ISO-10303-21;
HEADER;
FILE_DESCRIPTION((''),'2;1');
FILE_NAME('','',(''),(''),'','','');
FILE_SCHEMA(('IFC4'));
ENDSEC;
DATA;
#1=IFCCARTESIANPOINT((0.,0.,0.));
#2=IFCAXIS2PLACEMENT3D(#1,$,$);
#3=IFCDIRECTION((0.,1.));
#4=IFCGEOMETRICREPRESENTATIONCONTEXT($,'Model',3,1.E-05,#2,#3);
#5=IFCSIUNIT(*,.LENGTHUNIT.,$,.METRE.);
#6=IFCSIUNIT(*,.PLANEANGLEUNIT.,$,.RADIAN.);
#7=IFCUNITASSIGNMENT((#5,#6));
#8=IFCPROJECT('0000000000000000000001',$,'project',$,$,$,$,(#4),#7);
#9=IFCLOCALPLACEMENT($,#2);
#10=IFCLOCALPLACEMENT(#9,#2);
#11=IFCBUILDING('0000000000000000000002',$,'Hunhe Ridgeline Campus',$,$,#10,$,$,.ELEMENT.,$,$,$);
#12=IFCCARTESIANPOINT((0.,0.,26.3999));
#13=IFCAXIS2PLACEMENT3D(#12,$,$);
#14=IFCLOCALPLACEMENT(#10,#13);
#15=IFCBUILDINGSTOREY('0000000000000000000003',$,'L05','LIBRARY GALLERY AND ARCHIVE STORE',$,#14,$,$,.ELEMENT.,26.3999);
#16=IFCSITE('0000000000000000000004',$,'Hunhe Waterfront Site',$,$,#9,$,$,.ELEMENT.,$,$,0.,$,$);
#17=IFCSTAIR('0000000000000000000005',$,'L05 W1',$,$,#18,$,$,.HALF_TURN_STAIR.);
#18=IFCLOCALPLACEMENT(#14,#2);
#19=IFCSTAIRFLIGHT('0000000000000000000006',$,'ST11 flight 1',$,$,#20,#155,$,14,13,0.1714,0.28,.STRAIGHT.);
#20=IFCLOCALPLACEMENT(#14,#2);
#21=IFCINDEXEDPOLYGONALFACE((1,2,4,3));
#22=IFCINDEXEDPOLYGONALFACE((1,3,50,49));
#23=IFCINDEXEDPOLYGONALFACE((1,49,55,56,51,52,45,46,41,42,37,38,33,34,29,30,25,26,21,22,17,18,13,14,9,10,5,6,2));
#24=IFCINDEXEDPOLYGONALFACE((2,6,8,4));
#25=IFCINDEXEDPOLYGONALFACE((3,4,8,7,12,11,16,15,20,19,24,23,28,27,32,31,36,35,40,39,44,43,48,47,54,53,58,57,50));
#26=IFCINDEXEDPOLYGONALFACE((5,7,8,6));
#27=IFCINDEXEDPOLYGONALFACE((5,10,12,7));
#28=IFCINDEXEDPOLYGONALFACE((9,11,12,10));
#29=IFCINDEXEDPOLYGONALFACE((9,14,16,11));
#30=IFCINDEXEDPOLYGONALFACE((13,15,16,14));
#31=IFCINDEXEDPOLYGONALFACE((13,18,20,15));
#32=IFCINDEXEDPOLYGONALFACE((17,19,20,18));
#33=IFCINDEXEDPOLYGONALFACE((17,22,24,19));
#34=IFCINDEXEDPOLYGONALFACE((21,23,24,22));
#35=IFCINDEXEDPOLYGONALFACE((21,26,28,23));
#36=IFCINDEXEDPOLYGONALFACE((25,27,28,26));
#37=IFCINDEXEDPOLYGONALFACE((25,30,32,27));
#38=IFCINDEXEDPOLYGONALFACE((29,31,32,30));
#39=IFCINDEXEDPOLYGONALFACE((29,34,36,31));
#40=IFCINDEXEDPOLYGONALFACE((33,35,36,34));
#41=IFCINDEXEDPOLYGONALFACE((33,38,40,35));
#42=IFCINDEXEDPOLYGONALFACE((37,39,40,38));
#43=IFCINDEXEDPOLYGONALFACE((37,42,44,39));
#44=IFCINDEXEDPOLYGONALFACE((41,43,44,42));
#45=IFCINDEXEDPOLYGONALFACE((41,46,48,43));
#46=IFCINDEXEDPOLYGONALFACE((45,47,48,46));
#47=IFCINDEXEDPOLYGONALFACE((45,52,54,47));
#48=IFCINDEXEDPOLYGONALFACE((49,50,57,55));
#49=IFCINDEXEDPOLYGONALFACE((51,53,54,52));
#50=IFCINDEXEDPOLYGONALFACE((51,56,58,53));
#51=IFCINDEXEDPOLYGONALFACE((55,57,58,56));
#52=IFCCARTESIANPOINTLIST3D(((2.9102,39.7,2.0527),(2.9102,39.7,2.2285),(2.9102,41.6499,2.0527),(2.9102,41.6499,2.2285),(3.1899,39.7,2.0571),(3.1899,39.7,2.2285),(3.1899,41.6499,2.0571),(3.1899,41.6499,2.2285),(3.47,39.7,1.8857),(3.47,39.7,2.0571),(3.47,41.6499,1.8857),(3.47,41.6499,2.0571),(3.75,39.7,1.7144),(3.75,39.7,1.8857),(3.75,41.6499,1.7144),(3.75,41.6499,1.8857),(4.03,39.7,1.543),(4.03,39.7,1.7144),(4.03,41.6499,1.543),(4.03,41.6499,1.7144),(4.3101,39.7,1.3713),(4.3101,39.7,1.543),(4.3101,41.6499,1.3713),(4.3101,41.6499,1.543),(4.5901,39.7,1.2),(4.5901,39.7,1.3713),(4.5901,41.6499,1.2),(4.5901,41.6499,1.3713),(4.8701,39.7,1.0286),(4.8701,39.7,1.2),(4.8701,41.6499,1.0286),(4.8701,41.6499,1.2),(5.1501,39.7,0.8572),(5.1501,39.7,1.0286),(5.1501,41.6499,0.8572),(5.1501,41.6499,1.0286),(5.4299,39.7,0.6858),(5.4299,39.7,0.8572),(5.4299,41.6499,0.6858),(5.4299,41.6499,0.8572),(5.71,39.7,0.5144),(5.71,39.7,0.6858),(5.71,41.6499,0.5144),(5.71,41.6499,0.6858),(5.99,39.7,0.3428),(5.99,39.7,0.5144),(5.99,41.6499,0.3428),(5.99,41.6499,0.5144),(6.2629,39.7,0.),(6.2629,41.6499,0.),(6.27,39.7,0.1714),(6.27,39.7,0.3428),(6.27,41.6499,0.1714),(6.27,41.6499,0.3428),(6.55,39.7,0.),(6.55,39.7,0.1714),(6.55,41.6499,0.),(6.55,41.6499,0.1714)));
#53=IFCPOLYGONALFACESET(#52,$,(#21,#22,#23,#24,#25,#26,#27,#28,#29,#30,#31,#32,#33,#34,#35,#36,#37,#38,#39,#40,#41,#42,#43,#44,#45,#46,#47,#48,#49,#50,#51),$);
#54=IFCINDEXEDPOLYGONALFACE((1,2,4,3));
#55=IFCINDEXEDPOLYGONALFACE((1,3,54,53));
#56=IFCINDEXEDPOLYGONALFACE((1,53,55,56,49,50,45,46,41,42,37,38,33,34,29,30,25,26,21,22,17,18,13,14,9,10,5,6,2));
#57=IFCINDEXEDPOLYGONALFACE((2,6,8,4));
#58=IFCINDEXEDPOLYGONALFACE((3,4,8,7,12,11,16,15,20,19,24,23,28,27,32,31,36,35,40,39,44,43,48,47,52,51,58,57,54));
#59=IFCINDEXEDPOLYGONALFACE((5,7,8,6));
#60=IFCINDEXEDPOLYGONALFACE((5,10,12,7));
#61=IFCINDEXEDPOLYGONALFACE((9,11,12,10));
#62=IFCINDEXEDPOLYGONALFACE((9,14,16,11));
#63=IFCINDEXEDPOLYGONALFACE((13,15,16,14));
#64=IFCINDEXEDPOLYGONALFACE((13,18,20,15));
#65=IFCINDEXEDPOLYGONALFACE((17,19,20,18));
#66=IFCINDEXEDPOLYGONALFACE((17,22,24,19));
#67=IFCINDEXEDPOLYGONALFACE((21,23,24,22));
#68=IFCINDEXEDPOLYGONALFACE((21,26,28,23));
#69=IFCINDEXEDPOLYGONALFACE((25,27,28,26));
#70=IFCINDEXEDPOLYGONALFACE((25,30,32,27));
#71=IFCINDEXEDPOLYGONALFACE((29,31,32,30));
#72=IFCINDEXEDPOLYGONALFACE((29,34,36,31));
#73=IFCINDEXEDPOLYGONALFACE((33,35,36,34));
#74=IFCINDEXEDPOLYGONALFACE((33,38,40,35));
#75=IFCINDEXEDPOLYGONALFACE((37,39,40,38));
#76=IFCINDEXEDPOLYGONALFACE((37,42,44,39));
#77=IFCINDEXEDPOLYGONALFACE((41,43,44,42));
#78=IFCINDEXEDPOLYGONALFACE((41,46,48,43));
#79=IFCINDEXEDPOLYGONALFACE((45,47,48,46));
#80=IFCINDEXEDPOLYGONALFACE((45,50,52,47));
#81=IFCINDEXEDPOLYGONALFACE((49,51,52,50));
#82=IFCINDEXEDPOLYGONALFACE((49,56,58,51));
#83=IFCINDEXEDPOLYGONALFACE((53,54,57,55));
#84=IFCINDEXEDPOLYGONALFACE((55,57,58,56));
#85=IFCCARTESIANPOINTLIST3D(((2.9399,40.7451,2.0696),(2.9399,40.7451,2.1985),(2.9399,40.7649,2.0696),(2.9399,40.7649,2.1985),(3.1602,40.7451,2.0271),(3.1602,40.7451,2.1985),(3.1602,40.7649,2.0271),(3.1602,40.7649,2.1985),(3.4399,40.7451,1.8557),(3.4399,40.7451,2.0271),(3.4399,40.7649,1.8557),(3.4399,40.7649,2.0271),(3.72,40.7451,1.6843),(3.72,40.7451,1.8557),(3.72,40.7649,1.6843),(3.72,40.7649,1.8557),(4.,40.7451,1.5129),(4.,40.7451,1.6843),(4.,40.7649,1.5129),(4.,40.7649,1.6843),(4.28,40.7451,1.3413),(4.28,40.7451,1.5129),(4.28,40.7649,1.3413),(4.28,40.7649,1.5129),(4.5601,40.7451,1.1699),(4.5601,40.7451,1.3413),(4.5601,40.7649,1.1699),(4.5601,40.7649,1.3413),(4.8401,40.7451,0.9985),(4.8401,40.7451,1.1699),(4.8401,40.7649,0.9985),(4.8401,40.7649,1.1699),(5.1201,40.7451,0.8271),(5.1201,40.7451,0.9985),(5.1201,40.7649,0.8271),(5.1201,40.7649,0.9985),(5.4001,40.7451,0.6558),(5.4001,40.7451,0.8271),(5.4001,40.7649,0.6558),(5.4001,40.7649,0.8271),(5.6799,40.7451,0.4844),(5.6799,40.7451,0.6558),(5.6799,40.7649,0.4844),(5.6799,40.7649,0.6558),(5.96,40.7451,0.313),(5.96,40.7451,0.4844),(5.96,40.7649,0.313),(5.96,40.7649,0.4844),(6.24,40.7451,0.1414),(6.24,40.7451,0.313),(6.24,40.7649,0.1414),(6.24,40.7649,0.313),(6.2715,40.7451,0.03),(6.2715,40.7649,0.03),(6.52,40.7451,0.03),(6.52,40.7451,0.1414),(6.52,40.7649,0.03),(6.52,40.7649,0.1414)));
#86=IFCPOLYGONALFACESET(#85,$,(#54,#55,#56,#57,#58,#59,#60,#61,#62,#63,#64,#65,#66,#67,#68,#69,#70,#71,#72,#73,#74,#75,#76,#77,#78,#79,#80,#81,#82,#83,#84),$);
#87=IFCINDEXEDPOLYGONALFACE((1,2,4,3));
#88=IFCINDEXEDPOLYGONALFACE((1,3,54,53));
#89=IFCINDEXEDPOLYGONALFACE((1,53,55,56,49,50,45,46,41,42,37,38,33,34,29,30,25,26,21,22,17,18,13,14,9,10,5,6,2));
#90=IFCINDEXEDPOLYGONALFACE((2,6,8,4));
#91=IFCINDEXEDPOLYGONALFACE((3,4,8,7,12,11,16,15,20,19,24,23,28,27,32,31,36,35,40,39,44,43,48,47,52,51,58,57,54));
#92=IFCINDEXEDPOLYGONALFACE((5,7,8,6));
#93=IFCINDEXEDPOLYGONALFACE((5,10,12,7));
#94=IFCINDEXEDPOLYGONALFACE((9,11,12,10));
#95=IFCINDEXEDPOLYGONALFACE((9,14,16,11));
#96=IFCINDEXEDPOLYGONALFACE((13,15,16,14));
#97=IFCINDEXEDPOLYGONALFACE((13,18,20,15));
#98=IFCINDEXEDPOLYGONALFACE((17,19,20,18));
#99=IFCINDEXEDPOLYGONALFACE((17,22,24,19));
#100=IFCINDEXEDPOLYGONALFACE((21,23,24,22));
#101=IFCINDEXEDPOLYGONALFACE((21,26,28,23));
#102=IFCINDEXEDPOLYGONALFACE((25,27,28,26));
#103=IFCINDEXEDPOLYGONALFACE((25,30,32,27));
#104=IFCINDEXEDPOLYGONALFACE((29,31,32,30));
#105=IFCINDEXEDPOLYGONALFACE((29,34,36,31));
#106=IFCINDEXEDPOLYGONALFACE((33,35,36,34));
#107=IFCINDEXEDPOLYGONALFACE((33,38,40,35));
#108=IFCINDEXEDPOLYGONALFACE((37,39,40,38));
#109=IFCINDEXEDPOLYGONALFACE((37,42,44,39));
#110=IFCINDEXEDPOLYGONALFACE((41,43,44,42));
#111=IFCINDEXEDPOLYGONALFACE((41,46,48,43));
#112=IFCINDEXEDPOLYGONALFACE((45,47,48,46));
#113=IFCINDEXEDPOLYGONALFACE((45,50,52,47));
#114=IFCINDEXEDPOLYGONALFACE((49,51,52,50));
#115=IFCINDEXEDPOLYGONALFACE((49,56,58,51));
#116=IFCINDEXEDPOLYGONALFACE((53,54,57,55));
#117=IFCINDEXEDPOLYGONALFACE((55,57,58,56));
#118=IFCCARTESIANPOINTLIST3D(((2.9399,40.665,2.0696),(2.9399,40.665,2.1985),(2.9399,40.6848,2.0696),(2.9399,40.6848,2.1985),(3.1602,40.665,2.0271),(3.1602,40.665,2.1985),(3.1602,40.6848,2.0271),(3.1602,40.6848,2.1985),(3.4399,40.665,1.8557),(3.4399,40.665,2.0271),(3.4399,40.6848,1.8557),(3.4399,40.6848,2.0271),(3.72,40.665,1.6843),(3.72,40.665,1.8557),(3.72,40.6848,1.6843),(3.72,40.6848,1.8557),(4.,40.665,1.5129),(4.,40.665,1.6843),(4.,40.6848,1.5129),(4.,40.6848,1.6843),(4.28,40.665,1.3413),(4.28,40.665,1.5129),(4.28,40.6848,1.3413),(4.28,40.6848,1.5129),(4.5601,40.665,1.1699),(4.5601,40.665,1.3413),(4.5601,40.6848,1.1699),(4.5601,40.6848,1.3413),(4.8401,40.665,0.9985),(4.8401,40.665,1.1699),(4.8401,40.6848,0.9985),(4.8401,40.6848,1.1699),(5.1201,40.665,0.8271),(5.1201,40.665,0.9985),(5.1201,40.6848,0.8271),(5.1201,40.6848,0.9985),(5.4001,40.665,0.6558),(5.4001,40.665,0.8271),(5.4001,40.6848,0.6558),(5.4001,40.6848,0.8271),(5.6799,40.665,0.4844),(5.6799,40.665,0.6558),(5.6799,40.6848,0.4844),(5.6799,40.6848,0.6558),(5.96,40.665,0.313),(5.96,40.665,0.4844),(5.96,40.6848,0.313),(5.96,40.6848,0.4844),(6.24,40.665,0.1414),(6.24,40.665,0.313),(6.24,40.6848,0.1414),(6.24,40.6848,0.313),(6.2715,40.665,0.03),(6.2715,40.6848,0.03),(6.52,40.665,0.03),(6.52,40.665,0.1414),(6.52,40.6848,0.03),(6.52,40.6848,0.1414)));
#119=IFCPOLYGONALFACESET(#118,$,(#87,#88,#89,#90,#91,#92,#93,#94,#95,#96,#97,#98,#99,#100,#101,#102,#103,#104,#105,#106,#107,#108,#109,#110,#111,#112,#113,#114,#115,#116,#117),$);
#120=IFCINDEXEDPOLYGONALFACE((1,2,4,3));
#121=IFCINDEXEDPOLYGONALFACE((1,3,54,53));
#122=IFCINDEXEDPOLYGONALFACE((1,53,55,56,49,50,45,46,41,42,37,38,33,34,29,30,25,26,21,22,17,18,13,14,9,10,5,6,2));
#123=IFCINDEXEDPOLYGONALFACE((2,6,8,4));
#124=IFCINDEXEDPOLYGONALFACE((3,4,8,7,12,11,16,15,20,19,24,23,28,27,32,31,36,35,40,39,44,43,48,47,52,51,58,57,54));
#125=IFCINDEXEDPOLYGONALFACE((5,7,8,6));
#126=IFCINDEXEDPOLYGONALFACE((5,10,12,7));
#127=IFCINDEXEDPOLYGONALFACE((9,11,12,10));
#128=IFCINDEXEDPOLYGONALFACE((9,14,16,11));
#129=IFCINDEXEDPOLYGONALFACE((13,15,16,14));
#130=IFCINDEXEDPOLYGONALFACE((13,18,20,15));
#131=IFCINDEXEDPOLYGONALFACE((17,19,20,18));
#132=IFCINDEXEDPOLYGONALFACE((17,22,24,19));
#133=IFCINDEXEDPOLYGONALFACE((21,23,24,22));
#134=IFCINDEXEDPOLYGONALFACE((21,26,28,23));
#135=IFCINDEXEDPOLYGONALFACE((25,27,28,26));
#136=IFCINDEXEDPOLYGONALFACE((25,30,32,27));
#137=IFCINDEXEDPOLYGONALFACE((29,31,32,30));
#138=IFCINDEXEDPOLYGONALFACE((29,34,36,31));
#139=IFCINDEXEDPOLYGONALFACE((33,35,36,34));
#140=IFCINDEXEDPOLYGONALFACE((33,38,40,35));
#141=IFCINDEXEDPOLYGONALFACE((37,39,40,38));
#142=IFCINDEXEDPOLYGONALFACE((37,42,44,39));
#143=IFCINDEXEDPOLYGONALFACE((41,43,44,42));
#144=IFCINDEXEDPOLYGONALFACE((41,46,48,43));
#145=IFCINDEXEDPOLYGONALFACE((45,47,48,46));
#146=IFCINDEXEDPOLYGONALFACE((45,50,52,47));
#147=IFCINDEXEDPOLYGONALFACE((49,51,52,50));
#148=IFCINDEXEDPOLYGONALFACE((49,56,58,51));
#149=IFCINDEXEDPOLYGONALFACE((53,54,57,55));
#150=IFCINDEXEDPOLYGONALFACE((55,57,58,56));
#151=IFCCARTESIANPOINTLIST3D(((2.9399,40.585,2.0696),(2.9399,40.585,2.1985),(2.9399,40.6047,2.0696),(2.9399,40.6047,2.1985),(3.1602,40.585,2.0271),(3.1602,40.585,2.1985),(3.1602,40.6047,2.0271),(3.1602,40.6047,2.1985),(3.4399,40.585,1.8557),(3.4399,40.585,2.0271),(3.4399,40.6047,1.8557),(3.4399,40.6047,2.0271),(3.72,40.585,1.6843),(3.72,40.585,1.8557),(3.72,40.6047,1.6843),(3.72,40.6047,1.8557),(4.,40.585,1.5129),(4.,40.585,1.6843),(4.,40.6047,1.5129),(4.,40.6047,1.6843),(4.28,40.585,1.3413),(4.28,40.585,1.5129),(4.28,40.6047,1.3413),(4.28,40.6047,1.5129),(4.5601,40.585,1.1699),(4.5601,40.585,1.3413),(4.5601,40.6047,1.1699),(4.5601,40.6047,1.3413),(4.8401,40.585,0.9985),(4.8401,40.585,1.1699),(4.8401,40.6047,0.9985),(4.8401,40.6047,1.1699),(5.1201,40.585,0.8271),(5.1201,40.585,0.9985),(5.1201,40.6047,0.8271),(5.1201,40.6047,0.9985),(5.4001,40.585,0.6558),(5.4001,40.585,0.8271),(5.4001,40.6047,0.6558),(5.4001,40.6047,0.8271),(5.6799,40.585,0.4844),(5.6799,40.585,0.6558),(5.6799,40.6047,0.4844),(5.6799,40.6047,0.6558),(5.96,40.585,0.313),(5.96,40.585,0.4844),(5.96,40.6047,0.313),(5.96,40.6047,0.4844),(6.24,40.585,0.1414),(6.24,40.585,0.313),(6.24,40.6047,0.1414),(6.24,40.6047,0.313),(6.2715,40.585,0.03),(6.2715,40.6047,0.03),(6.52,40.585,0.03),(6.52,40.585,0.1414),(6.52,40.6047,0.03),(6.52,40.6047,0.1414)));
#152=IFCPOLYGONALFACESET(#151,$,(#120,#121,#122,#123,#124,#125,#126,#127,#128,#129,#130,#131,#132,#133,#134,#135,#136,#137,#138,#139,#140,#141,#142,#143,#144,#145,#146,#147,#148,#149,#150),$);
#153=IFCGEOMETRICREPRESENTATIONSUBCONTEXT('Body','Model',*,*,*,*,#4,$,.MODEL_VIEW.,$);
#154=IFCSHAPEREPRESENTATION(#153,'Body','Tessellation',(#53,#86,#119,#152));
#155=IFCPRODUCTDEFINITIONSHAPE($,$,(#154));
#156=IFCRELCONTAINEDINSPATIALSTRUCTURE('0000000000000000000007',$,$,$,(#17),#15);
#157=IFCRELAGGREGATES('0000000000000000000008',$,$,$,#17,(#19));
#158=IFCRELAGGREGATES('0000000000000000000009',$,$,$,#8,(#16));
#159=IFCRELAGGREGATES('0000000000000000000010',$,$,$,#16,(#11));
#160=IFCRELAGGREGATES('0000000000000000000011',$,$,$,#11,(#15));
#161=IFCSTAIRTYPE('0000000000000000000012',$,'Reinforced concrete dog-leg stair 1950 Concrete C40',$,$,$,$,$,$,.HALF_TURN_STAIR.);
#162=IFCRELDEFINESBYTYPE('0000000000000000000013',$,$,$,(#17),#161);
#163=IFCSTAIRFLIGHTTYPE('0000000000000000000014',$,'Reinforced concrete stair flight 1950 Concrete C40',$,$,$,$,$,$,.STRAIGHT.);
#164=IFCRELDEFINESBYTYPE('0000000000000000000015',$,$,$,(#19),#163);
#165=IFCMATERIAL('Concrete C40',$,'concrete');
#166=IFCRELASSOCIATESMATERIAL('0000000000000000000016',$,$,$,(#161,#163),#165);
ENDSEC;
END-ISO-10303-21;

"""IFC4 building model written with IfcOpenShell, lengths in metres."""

from ifc_helpers import new_model, si_unit, direction, frame, origin, place, context, subcontext, project, spatial, polyline, outline, extrude, material, type_object, element, aggregate, save


model = new_model("IFC4")

# Units and contexts
model_context = context("Model", 3, precision=1e-05, world=origin(), true_north=direction((0.0, 1.0)))
body_context = subcontext(model_context, "Body", "Model", "MODEL_VIEW")
ifc_project = project(units=[si_unit("LENGTHUNIT", "METRE"), si_unit("PLANEANGLEUNIT", "RADIAN")], contexts=[model_context])

# Site, building, storey
site_placement = place(None, origin())
site = spatial("IfcSite", under=ifc_project, at=site_placement, Name="Hunhe Waterfront Site", CompositionType="ELEMENT", RefElevation=0.0)
building_placement = place(site_placement, origin())
building = spatial("IfcBuilding", under=site, at=building_placement, Name="Hunhe Ridgeline Campus", CompositionType="ELEMENT")
storey_placement = place(building_placement, frame((0.0, 0.0, 26.3999)))
storey = spatial("IfcBuildingStorey", under=building, at=storey_placement, Name="L05", Description="LIBRARY GALLERY AND ARCHIVE STORE", CompositionType="ELEMENT", Elevation=26.3999)

# Stair, stair flight
ifc_material_1 = material(Name="Concrete C40", Category="concrete")
stair_type = type_object("IfcStairType", Name="Reinforced concrete dog-leg stair 1950 Concrete C40", PredefinedType="HALF_TURN_STAIR", material=ifc_material_1)
stair_placement = place(storey_placement, origin())
stair = element("IfcStair", 1, at=stair_placement, inside=storey, type_object=stair_type, Name="L05 W1", PredefinedType="HALF_TURN_STAIR")
stair_flight_type = type_object("IfcStairFlightType", Name="Reinforced concrete stair flight 1950 Concrete C40", PredefinedType="STRAIGHT", material=ifc_material_1)
stair_flight_1_placement = place(storey_placement, frame((6.55, 40.675, 0.0), z_axis=(0.0, 0.0, 1.0), x_axis=(-1.0, 0.0, 0.0)))
stair_flight_1 = element("IfcStairFlight", 2, at=stair_flight_1_placement, type_object=stair_flight_type, Name="ST11 flight 1", NumberOfRisers=14, NumberOfTreads=13, PredefinedType="STRAIGHT", RiserHeight=0.1714, TreadLength=0.28, context=body_context, shape_type="SweptSolid", body=[
    extrude(outline(polyline([(0.0, 0.0), (0.0, 0.1714), (0.28, 0.1714), (0.28, 0.3428), (0.5601, 0.3428), (0.5601, 0.5144), (0.8401, 0.5144), (0.8401, 0.6858), (1.1201, 0.6858), (1.1201, 0.8572), (1.3999, 0.8572), (1.3999, 1.0286), (1.6799, 1.0286), (1.6799, 1.2), (1.96, 1.2), (1.96, 1.3713), (2.24, 1.3713), (2.24, 1.543), (2.52, 1.543), (2.52, 1.7144), (2.8, 1.7144), (2.8, 1.8857), (3.0801, 1.8857), (3.0801, 2.0571), (3.3601, 2.0571), (3.3601, 2.2285), (3.6399, 2.2285), (3.6399, 2.3999), (3.6399, 2.0527), (0.2871, 0.0), (0.0, 0.0)])), frame((0.0, 0.9751, 0.0), z_axis=(0.0, -1.0, 0.0), x_axis=(1.0, 0.0, 0.0)), (0.0, 0.0, 1.0), 1.95),
    extrude(outline(polyline([(0.03, 0.03), (0.03, 0.1414), (0.3101, 0.1414), (0.3101, 0.313), (0.5901, 0.313), (0.5901, 0.4844), (0.8701, 0.4844), (0.8701, 0.6558), (1.1499, 0.6558), (1.1499, 0.8271), (1.4299, 0.8271), (1.4299, 0.9985), (1.71, 0.9985), (1.71, 1.1699), (1.99, 1.1699), (1.99, 1.3413), (2.27, 1.3413), (2.27, 1.5129), (2.55, 1.5129), (2.55, 1.6843), (2.8301, 1.6843), (2.8301, 1.8557), (3.1101, 1.8557), (3.1101, 2.0271), (3.3899, 2.0271), (3.3899, 2.1985), (3.6101, 2.1985), (3.6101, 2.0696), (0.2786, 0.03), (0.03, 0.03)])), frame((0.0, -0.0701, 0.0), z_axis=(0.0, -1.0, 0.0), x_axis=(1.0, 0.0, 0.0)), (0.0, 0.0, 1.0), 0.0198),
    extrude(outline(polyline([(0.03, 0.03), (0.03, 0.1414), (0.3101, 0.1414), (0.3101, 0.313), (0.5901, 0.313), (0.5901, 0.4844), (0.8701, 0.4844), (0.8701, 0.6558), (1.1499, 0.6558), (1.1499, 0.8271), (1.4299, 0.8271), (1.4299, 0.9985), (1.71, 0.9985), (1.71, 1.1699), (1.99, 1.1699), (1.99, 1.3413), (2.27, 1.3413), (2.27, 1.5129), (2.55, 1.5129), (2.55, 1.6843), (2.8301, 1.6843), (2.8301, 1.8557), (3.1101, 1.8557), (3.1101, 2.0271), (3.3899, 2.0271), (3.3899, 2.1985), (3.6101, 2.1985), (3.6101, 2.0696), (0.2786, 0.03), (0.03, 0.03)])), frame((0.0, 0.01, 0.0), z_axis=(0.0, -1.0, 0.0), x_axis=(1.0, 0.0, 0.0)), (0.0, 0.0, 1.0), 0.0198),
    extrude(outline(polyline([(0.03, 0.03), (0.03, 0.1414), (0.3101, 0.1414), (0.3101, 0.313), (0.5901, 0.313), (0.5901, 0.4844), (0.8701, 0.4844), (0.8701, 0.6558), (1.1499, 0.6558), (1.1499, 0.8271), (1.4299, 0.8271), (1.4299, 0.9985), (1.71, 0.9985), (1.71, 1.1699), (1.99, 1.1699), (1.99, 1.3413), (2.27, 1.3413), (2.27, 1.5129), (2.55, 1.5129), (2.55, 1.6843), (2.8301, 1.6843), (2.8301, 1.8557), (3.1101, 1.8557), (3.1101, 2.0271), (3.3899, 2.0271), (3.3899, 2.1985), (3.6101, 2.1985), (3.6101, 2.0696), (0.2786, 0.03), (0.03, 0.03)])), frame((0.0, 0.0901, 0.0), z_axis=(0.0, -1.0, 0.0), x_axis=(1.0, 0.0, 0.0)), (0.0, 0.0, 1.0), 0.0198),
])
aggregate(stair, [stair_flight_1])

save(model, "model.ifc")
